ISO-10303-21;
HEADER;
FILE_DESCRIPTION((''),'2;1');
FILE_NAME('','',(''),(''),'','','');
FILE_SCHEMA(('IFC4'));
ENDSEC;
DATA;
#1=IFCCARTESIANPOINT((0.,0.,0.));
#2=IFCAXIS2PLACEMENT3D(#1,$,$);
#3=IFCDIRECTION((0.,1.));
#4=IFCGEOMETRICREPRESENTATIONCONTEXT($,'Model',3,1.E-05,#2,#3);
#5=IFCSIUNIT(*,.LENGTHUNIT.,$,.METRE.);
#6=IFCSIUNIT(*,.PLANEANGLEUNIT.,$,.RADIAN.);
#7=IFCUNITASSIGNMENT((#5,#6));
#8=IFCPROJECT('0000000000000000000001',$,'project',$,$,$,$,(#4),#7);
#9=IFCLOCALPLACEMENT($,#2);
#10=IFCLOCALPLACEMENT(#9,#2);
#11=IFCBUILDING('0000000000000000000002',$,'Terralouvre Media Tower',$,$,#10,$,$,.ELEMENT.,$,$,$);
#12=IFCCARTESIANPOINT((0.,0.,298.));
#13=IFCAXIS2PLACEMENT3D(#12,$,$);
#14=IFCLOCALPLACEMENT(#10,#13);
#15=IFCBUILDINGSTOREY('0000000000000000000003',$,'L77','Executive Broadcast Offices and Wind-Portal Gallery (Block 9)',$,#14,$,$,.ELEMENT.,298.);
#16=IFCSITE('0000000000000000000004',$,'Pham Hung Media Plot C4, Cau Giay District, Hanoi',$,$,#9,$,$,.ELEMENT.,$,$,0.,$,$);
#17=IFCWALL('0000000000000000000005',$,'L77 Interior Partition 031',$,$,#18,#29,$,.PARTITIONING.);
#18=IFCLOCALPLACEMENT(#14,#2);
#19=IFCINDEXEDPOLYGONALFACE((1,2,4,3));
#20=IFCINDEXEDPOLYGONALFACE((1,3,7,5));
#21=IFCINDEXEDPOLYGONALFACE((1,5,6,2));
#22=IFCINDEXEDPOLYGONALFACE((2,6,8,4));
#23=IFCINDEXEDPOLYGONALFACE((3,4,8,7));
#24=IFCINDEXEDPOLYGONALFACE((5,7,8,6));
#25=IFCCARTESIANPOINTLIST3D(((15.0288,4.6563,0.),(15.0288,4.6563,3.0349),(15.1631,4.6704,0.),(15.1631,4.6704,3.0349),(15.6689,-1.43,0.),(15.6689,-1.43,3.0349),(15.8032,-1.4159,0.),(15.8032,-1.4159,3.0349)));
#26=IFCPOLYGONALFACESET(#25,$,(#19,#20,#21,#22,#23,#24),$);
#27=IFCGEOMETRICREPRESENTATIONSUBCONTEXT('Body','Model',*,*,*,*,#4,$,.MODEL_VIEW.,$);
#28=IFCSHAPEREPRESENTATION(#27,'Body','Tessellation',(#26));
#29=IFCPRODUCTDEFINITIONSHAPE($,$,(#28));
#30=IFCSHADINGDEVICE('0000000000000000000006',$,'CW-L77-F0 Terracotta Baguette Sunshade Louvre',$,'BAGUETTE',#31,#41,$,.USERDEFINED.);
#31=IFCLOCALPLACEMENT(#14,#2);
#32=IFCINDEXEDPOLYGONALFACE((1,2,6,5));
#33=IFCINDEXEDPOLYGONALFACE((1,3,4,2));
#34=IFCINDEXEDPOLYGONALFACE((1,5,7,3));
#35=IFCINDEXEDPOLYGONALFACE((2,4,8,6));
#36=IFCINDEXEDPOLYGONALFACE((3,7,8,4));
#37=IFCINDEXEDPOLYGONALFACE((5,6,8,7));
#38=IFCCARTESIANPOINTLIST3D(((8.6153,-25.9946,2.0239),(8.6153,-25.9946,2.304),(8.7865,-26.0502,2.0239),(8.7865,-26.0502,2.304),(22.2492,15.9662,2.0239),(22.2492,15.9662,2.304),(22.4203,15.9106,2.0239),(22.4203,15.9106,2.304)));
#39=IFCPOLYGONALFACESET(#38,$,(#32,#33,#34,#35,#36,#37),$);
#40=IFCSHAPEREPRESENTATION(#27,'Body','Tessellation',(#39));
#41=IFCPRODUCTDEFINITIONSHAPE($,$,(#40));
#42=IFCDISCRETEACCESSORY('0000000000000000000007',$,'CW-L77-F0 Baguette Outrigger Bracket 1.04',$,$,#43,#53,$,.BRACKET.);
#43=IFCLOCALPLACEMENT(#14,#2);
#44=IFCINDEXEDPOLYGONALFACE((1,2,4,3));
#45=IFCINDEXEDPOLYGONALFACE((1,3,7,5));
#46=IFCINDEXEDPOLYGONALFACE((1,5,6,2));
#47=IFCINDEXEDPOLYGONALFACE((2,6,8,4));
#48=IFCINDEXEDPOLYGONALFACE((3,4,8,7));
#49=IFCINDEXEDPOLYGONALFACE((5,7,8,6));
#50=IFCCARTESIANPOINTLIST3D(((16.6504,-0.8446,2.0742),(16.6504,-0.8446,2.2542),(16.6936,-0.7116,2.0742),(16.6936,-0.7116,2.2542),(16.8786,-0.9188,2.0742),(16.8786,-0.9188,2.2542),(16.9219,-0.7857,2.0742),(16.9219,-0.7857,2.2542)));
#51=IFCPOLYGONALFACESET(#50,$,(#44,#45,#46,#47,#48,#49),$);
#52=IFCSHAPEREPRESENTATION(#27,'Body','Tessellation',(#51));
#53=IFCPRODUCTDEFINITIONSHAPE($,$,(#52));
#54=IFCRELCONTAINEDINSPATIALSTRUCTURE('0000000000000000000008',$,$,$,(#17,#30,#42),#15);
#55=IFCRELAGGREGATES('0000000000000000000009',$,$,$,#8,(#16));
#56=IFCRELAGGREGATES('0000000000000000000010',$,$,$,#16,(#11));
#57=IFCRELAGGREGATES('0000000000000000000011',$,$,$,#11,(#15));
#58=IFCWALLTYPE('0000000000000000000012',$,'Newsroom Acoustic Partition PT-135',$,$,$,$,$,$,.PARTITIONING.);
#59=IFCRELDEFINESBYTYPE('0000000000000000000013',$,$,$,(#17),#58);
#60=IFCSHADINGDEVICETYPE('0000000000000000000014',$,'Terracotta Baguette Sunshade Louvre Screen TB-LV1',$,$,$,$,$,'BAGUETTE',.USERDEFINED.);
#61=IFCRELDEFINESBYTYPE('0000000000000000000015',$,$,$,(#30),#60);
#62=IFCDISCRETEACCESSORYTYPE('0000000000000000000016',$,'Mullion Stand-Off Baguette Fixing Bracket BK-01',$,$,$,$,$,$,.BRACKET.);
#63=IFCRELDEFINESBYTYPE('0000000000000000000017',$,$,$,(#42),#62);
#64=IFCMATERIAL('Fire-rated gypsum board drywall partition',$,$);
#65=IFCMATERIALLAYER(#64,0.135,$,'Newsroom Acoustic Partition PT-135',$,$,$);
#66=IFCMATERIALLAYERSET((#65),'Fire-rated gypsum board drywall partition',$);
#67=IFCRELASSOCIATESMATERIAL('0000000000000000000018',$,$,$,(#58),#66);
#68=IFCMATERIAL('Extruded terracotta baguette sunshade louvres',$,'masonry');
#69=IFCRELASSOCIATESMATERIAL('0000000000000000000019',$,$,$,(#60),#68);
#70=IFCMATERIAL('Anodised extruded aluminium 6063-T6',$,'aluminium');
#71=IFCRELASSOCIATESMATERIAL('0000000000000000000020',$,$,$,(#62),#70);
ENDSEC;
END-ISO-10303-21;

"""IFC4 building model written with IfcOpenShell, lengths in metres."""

from ifc_helpers import new_model, si_unit, direction, frame, frame_2d, origin, origin_2d, place, context, subcontext, project, spatial, rectangle, extrude, material, layer, layer_set, type_object, element, save


model = new_model("IFC4")

# Units and contexts
model_context = context("Model", 3, precision=1e-05, world=origin(), true_north=direction((0.0, 1.0)))
body_context = subcontext(model_context, "Body", "Model", "MODEL_VIEW")
ifc_project = project(units=[si_unit("LENGTHUNIT", "METRE"), si_unit("PLANEANGLEUNIT", "RADIAN")], contexts=[model_context])

# Site, building, storey
site_placement = place(None, origin())
site = spatial("IfcSite", under=ifc_project, at=site_placement, Name="Pham Hung Media Plot C4, Cau Giay District, Hanoi", CompositionType="ELEMENT", RefElevation=0.0)
building_placement = place(site_placement, origin())
building = spatial("IfcBuilding", under=site, at=building_placement, Name="Terralouvre Media Tower", CompositionType="ELEMENT")
storey_placement = place(building_placement, frame((0.0, 0.0, 298.0)))
storey = spatial("IfcBuildingStorey", under=building, at=storey_placement, Name="L77", Description="Executive Broadcast Offices and Wind-Portal Gallery (Block 9)", CompositionType="ELEMENT", Elevation=298.0)

# Shared definitions
ifc_material_1 = material(Name="Fire-rated gypsum board drywall partition")
ifc_layer_1 = layer(ifc_material_1, 0.135, Name="Newsroom Acoustic Partition PT-135")
ifc_layer_set_1 = layer_set([ifc_layer_1], Name="Fire-rated gypsum board drywall partition")
wall_type_1 = type_object("IfcWallType", Name="Newsroom Acoustic Partition PT-135", PredefinedType="PARTITIONING", material=ifc_layer_set_1)

# Wall
wall_1_placement = place(storey_placement, frame((15.7361, -1.4231, 0.0), z_axis=(0.0, 0.0, 1.0), x_axis=(-0.104602, 0.994514, 0.0)))
element("IfcWall", 1, at=wall_1_placement, inside=storey, type_object=wall_type_1, Name="L77 Interior Partition 031", PredefinedType="PARTITIONING", context=body_context, shape_type="SweptSolid", body=[
    extrude(rectangle(XDim=6.1199, YDim=0.135, at=frame_2d((3.0601, 0.0))), origin(), (0.0, 0.0, 1.0), 3.0349),
])

# Shading device
ifc_material_2 = material(Name="Extruded terracotta baguette sunshade louvres", Category="masonry")
shading_device_type = type_object("IfcShadingDeviceType", Name="Terracotta Baguette Sunshade Louvre Screen TB-LV1", ElementType="BAGUETTE", PredefinedType="USERDEFINED", material=ifc_material_2)
shading_device_placement = place(storey_placement, frame((15.5178, -5.042, 2.0239), z_axis=(0.0, 0.0, 1.0), x_axis=(0.309017, 0.951057, 0.0)))
element("IfcShadingDevice", 2, at=shading_device_placement, inside=storey, type_object=shading_device_type, Name="CW-L77-F0 Terracotta Baguette Sunshade Louvre", ObjectType="BAGUETTE", PredefinedType="USERDEFINED", context=body_context, shape_type="SweptSolid", body=[
    extrude(rectangle(XDim=44.1201, YDim=0.1799, at=origin_2d()), origin(), (0.0, 0.0, 1.0), 0.28),
])

# Discrete accessory
ifc_material_3 = material(Name="Anodised extruded aluminium 6063-T6", Category="aluminium")
discrete_accessory_type = type_object("IfcDiscreteAccessoryType", Name="Mullion Stand-Off Baguette Fixing Bracket BK-01", PredefinedType="BRACKET", material=ifc_material_3)
discrete_accessory_placement = place(storey_placement, frame((16.7861, -0.8152, 2.0742), z_axis=(0.0, 0.0, 1.0), x_axis=(0.309017, 0.951057, 0.0)))
element("IfcDiscreteAccessory", 3, at=discrete_accessory_placement, inside=storey, type_object=discrete_accessory_type, Name="CW-L77-F0 Baguette Outrigger Bracket 1.04", PredefinedType="BRACKET", context=body_context, shape_type="SweptSolid", body=[
    extrude(rectangle(XDim=0.1399, YDim=0.24, at=origin_2d()), origin(), (0.0, 0.0, 1.0), 0.1799),
])

save(model, "model.ifc")
